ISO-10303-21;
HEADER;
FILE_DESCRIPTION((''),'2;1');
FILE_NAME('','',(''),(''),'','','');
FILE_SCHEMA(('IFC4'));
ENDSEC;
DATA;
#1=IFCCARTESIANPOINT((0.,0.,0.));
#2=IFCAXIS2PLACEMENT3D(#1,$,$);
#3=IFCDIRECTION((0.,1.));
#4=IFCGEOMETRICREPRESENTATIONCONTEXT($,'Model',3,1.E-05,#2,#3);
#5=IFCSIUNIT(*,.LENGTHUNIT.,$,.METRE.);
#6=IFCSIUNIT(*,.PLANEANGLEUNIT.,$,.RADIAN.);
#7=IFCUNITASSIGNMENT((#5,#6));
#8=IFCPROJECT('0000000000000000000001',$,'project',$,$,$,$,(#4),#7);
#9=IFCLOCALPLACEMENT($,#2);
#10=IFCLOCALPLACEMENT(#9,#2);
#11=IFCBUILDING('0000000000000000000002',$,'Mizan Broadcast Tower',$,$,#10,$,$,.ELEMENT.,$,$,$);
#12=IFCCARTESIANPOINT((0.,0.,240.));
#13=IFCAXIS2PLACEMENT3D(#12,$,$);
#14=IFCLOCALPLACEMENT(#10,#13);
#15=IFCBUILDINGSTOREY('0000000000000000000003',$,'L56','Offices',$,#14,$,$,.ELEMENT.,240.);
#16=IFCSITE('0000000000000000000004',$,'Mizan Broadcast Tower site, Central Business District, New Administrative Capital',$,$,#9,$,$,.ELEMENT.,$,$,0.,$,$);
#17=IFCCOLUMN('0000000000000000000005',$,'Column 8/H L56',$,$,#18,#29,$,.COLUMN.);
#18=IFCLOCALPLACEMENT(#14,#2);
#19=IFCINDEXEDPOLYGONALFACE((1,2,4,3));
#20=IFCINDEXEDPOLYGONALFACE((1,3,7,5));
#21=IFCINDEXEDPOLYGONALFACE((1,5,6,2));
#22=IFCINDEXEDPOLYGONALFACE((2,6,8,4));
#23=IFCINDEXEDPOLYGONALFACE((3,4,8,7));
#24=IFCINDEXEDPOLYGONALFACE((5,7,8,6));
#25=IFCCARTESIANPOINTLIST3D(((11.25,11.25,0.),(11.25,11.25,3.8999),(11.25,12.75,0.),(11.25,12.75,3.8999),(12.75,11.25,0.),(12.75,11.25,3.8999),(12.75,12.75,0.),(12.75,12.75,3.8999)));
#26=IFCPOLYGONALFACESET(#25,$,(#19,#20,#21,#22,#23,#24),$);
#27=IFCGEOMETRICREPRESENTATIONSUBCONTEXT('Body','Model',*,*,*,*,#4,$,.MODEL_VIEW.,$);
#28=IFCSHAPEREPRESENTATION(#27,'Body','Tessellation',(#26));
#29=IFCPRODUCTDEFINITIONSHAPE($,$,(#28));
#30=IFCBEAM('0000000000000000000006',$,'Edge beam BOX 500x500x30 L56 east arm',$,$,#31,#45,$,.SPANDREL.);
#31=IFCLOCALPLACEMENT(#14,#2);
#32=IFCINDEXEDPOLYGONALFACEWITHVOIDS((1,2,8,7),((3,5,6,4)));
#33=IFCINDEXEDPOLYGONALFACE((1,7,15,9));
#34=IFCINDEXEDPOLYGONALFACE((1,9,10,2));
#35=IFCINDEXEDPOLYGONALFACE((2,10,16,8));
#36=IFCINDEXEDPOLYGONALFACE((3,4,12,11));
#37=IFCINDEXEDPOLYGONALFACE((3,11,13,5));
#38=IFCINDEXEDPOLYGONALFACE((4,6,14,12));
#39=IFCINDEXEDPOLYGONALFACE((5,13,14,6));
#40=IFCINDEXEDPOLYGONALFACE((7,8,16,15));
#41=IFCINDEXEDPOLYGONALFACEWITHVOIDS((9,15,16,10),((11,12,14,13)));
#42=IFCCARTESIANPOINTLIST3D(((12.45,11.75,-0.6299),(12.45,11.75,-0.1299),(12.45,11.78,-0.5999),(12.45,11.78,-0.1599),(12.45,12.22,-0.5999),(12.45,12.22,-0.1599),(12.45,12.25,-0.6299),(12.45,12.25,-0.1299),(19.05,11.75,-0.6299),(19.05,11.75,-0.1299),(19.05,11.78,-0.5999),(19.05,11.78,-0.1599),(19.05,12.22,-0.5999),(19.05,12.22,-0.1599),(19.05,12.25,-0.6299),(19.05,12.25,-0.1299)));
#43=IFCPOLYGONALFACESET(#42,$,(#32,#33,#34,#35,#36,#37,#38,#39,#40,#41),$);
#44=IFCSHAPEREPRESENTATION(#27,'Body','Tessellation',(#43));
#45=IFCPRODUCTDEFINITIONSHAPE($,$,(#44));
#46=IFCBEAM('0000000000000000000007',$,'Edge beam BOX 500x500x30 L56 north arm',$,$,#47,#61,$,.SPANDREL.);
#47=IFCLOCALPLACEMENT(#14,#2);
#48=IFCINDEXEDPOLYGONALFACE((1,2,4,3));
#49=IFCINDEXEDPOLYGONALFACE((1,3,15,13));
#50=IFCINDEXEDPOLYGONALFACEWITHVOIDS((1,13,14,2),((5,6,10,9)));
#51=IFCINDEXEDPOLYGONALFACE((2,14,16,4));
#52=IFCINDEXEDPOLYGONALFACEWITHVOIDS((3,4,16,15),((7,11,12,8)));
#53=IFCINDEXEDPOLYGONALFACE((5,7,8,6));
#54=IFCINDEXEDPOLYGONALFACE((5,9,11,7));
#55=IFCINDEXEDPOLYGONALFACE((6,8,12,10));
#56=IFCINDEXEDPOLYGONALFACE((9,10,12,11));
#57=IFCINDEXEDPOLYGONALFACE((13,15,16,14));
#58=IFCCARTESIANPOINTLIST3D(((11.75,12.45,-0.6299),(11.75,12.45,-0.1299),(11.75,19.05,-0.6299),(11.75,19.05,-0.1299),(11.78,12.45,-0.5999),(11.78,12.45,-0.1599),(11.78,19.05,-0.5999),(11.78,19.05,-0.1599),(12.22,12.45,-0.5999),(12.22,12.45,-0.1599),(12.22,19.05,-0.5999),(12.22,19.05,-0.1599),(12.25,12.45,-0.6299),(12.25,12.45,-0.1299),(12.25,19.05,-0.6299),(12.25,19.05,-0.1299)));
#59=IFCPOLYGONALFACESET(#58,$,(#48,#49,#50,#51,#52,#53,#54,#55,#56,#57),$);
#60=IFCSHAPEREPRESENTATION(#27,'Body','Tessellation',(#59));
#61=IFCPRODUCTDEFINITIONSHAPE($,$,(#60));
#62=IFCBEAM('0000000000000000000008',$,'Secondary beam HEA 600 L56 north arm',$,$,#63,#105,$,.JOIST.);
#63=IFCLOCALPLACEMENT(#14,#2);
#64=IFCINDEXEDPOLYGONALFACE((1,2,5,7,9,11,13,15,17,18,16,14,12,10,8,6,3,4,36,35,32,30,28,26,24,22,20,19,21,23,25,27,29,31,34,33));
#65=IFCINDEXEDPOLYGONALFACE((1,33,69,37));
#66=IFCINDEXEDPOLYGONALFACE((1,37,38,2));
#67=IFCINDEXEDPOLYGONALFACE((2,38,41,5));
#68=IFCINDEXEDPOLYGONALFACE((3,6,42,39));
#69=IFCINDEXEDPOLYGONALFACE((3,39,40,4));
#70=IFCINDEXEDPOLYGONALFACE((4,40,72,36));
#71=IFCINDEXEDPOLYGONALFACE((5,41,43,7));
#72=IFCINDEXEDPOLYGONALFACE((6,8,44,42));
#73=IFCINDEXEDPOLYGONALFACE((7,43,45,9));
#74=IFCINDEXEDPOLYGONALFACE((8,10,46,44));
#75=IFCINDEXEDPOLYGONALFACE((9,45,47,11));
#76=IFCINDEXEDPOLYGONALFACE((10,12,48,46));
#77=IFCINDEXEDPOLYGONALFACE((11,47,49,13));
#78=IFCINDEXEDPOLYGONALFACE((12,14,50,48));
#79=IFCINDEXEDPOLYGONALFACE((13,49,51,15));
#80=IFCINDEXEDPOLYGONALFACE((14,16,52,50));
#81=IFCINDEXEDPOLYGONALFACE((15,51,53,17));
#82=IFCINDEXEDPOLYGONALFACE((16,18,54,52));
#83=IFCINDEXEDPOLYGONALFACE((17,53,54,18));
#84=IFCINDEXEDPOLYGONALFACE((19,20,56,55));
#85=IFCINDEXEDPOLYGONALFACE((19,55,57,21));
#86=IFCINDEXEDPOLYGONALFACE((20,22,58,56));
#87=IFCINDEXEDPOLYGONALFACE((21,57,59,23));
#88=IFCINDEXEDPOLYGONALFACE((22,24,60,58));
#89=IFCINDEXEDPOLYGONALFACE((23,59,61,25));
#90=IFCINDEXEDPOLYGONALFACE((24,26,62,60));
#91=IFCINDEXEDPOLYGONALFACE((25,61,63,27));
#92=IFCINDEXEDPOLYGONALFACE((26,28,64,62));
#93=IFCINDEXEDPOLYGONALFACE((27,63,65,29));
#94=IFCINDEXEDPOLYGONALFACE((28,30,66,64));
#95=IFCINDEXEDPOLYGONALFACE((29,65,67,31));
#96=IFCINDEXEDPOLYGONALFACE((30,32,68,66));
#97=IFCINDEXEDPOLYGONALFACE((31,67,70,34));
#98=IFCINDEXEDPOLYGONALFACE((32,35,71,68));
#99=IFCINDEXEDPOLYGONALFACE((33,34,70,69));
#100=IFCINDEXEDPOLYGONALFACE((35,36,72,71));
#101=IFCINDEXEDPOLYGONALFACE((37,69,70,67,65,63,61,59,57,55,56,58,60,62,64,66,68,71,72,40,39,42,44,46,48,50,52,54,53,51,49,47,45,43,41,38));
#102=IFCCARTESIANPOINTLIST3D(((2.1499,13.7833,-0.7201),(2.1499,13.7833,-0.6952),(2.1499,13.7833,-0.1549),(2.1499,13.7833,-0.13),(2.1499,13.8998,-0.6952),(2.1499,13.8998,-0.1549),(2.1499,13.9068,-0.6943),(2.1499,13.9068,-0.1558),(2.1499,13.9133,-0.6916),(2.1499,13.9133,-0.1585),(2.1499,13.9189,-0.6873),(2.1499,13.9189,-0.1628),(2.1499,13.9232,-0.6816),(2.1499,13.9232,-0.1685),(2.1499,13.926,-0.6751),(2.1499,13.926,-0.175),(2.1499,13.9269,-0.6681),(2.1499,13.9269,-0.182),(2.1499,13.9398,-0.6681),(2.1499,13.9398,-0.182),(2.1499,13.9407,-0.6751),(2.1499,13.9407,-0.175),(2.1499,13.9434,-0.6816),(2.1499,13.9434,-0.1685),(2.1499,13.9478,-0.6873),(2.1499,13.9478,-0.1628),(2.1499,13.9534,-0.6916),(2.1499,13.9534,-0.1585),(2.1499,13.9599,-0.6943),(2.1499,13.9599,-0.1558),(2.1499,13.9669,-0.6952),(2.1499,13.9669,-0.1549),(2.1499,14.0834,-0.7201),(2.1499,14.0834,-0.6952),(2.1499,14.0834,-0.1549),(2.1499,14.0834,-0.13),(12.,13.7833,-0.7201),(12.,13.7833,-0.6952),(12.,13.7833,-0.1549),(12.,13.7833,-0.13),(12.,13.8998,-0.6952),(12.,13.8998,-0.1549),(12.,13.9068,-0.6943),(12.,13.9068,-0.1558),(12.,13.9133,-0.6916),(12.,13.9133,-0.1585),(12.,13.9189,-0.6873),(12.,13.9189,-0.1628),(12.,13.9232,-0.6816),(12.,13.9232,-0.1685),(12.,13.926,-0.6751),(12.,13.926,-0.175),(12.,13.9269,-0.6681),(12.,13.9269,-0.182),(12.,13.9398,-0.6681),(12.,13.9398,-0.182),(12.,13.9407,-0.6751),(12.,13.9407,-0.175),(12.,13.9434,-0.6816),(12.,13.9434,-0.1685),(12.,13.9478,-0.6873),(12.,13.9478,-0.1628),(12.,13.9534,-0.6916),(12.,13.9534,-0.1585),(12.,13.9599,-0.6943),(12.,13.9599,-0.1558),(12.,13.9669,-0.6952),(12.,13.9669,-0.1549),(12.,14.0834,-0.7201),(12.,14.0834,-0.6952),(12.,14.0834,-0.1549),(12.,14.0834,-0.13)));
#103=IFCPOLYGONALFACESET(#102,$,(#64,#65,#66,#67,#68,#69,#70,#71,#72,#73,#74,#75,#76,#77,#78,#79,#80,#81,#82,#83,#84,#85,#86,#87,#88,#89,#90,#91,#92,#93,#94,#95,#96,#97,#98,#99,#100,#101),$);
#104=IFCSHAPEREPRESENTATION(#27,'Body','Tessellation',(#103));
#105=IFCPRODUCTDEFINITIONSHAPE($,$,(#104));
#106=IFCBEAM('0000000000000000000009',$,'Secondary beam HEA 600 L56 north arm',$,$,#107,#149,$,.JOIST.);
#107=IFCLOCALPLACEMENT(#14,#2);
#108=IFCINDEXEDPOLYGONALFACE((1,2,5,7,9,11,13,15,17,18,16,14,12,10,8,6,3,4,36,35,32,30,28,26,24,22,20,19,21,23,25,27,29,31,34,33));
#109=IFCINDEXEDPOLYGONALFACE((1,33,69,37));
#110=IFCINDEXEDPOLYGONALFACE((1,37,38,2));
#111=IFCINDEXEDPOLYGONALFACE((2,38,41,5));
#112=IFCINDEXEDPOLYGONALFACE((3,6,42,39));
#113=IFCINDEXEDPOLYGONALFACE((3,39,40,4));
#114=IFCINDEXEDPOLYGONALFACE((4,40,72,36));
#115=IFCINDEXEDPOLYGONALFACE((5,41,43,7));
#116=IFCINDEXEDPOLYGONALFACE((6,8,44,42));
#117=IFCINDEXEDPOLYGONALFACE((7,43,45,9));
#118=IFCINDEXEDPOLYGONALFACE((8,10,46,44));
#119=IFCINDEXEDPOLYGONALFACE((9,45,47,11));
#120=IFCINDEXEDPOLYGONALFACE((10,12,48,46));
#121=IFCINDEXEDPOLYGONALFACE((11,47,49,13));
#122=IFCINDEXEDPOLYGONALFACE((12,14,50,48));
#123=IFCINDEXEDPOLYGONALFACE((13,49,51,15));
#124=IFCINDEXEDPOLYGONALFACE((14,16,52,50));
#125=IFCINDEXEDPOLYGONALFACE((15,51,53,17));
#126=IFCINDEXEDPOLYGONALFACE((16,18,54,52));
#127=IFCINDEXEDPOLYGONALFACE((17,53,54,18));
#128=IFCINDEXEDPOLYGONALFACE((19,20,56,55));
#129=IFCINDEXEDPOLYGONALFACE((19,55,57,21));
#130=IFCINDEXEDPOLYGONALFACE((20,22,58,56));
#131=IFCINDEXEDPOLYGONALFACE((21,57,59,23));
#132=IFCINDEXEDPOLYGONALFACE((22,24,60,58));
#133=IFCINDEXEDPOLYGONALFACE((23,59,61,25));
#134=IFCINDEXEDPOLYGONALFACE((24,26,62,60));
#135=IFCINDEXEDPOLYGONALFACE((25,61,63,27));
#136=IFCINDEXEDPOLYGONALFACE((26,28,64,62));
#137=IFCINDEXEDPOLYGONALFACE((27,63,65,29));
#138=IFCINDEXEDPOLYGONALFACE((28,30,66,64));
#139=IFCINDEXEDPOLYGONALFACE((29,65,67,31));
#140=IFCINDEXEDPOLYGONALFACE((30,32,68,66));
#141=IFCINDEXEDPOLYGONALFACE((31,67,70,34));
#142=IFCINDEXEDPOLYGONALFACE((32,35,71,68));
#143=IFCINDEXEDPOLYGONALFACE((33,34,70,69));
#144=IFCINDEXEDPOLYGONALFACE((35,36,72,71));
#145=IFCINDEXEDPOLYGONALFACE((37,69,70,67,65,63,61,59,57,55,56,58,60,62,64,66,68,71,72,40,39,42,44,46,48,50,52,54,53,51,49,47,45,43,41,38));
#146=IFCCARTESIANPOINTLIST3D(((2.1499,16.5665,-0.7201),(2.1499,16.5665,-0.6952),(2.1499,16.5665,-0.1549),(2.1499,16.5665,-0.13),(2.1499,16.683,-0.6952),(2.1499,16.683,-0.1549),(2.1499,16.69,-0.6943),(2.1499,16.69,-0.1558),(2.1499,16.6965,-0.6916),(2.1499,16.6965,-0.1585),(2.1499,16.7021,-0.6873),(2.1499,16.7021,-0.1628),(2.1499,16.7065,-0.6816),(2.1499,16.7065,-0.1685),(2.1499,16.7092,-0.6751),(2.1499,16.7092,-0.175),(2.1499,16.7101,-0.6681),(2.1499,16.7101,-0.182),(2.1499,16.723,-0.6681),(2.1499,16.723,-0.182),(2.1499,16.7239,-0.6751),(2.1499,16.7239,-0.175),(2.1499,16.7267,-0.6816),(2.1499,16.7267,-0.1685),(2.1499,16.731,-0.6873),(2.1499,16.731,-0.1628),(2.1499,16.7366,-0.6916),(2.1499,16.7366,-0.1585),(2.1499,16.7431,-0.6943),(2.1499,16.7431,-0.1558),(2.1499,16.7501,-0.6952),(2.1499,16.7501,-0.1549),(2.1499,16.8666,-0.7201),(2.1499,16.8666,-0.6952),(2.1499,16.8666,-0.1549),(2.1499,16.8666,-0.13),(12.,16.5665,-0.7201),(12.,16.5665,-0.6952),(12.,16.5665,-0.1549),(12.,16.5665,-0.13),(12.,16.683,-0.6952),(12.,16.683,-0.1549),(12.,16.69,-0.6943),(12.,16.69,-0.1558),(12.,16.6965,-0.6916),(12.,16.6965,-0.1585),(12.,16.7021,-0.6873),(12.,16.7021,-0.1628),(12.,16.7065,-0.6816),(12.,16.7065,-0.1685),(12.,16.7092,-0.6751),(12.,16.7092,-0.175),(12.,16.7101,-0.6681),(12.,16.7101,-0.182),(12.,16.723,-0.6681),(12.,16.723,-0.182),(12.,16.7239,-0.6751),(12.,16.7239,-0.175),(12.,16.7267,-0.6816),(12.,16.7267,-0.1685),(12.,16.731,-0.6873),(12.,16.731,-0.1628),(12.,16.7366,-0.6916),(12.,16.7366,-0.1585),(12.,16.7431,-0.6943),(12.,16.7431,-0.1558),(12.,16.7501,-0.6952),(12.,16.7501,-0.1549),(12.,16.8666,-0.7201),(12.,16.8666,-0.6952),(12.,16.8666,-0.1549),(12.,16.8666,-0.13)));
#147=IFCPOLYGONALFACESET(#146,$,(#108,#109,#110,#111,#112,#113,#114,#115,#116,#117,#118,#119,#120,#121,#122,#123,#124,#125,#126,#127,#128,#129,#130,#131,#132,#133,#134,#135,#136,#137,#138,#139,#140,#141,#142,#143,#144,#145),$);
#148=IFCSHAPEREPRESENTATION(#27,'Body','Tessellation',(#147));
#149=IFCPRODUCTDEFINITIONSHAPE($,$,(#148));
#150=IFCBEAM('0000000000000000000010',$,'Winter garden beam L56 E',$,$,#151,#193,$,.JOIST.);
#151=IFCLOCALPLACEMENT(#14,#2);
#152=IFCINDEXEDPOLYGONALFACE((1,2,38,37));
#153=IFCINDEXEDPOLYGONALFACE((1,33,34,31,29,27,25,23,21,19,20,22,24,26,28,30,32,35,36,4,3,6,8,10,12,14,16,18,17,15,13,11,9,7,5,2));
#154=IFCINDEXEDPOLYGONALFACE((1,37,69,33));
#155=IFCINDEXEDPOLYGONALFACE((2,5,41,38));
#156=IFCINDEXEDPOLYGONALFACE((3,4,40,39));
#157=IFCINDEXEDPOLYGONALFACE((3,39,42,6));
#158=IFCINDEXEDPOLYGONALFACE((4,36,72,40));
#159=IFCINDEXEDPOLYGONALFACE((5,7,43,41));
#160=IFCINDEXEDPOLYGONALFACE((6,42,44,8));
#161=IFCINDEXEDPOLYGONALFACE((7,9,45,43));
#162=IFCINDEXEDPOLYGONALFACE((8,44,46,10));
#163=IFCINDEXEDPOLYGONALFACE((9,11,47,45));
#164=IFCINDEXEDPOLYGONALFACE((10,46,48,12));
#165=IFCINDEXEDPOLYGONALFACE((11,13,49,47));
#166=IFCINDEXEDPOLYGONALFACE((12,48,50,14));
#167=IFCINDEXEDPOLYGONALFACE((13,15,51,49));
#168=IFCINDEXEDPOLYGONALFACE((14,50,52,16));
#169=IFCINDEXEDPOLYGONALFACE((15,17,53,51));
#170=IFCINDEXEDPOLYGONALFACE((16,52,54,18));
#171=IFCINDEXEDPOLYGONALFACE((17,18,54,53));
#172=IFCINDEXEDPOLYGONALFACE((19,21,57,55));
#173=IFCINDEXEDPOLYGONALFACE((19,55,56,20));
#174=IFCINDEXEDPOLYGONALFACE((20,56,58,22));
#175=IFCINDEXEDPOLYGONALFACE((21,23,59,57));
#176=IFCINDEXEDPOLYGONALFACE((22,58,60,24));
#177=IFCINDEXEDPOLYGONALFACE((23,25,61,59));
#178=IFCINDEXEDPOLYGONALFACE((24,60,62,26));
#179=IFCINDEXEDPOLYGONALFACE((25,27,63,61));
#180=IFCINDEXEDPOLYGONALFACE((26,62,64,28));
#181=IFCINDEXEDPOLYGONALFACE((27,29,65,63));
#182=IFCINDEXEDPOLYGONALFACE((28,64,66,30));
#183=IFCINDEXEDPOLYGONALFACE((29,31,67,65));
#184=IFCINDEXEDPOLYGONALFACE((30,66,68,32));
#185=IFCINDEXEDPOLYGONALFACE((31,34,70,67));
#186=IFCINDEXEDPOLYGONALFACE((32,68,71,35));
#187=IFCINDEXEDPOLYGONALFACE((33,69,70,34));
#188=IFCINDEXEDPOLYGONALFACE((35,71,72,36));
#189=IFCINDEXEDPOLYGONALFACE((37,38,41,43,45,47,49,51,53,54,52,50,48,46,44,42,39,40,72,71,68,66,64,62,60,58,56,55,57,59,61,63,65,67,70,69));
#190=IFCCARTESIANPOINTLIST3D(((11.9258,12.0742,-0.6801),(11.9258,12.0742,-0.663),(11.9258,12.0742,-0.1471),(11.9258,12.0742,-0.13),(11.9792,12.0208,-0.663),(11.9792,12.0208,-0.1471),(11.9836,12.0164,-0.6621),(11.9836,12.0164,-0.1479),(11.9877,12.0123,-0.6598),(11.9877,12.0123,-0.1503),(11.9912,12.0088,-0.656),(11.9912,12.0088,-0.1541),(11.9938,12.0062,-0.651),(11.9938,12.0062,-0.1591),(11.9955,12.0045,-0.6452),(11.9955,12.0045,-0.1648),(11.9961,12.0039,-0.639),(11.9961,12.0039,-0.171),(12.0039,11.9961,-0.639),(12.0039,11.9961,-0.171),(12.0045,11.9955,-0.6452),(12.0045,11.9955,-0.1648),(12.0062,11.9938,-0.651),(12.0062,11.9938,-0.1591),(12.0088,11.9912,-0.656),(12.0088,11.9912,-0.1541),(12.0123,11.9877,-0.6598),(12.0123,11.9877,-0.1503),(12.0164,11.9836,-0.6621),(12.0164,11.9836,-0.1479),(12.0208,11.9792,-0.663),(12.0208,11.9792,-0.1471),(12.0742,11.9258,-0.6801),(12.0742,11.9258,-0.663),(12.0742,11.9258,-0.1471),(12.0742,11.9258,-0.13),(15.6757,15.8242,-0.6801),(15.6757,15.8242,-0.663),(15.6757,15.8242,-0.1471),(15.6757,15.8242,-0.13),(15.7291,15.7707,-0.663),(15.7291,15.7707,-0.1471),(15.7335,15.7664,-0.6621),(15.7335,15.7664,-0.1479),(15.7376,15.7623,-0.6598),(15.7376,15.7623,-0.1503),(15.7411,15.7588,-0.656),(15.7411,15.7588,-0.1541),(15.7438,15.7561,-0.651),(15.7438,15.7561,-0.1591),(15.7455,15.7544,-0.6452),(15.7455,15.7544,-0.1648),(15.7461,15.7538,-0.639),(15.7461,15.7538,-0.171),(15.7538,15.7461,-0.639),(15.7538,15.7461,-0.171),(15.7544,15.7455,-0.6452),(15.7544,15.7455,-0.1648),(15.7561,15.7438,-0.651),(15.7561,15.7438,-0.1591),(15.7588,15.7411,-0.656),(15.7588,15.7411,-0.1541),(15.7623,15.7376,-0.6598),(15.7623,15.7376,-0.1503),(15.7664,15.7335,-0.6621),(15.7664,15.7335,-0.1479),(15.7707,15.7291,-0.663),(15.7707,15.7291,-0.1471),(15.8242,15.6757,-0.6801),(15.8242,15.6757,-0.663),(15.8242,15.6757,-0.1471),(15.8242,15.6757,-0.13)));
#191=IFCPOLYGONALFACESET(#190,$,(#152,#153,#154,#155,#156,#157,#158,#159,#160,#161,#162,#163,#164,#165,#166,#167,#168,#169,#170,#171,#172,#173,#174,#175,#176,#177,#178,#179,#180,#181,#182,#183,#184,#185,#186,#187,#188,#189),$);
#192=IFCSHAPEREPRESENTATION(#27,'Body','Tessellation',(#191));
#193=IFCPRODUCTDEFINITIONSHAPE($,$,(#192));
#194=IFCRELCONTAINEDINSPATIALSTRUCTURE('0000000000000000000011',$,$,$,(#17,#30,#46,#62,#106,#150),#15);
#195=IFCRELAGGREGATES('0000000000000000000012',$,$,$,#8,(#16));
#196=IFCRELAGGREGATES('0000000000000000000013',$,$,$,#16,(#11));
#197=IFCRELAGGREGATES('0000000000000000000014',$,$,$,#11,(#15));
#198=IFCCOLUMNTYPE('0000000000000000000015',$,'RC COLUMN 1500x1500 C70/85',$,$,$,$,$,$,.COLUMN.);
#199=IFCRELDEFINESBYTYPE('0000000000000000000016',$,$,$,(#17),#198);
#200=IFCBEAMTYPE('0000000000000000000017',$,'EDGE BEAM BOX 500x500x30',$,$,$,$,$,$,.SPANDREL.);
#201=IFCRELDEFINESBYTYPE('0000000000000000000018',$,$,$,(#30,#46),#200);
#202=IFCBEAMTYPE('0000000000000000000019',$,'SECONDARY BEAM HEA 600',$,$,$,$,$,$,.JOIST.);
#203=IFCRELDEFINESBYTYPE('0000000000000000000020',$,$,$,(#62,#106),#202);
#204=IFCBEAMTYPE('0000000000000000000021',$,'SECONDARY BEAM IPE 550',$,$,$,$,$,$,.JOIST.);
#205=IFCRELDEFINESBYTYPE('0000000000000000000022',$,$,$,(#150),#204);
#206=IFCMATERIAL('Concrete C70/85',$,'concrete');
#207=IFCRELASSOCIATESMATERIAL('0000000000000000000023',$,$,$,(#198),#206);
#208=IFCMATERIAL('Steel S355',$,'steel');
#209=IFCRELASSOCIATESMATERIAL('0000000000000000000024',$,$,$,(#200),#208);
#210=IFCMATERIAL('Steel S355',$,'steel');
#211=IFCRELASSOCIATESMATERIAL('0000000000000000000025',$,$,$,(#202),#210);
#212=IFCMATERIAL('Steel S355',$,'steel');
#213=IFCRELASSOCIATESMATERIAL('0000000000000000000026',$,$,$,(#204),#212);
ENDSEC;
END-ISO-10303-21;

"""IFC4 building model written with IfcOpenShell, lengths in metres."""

from ifc_helpers import new_model, si_unit, direction, frame, origin, origin_2d, place, context, subcontext, project, spatial, rectangle, hollow_rectangle, i_section, extrude, material, material_profile, profile_set, type_object, element, save


model = new_model("IFC4")

# Units and contexts
model_context = context("Model", 3, precision=1e-05, world=origin(), true_north=direction((0.0, 1.0)))
body_context = subcontext(model_context, "Body", "Model", "MODEL_VIEW")
ifc_project = project(units=[si_unit("LENGTHUNIT", "METRE"), si_unit("PLANEANGLEUNIT", "RADIAN")], contexts=[model_context])

# Site, building, storey
site_placement = place(None, origin())
site = spatial("IfcSite", under=ifc_project, at=site_placement, Name="Mizan Broadcast Tower site, Central Business District, New Administrative Capital", CompositionType="ELEMENT", RefElevation=0.0)
building_placement = place(site_placement, origin())
building = spatial("IfcBuilding", under=site, at=building_placement, Name="Mizan Broadcast Tower", CompositionType="ELEMENT")
storey_placement = place(building_placement, frame((0.0, 0.0, 240.0)))
storey = spatial("IfcBuildingStorey", under=building, at=storey_placement, Name="L56", Description="Offices", CompositionType="ELEMENT", Elevation=240.0)

# Column
ifc_material_1 = material(Name="Concrete C70/85", Category="concrete")
ifc_material_profile_1 = material_profile(ifc_material_1, rectangle(XDim=1.5, YDim=1.5, at=origin_2d()), Name="RC 1500x1500")
ifc_profile_set_1 = profile_set([ifc_material_profile_1], Name="Concrete C70/85")
column_type = type_object("IfcColumnType", Name="RC COLUMN 1500x1500 C70/85", PredefinedType="COLUMN", material=ifc_profile_set_1)
column_placement = place(storey_placement, frame((12.0, 12.0, 0.0), z_axis=(0.0, 0.0, 1.0), x_axis=(1.0, 0.0, 0.0)))
element("IfcColumn", 1, at=column_placement, inside=storey, type_object=column_type, Name="Column 8/H L56", PredefinedType="COLUMN", context=body_context, shape_type="SweptSolid", body=[
    extrude(rectangle(XDim=1.5, YDim=1.5, at=origin_2d()), origin(), (0.0, 0.0, 1.0), 3.8999),
])

# Beams
ifc_material_2 = material(Name="Steel S355", Category="steel")
ifc_material_profile_2 = material_profile(ifc_material_2, hollow_rectangle(XDim=0.5, YDim=0.5, WallThickness=0.03, at=origin_2d()), Name="BOX 500x500x30")
ifc_profile_set_2 = profile_set([ifc_material_profile_2], Name="Steel S355")
beam_type_1 = type_object("IfcBeamType", Name="EDGE BEAM BOX 500x500x30", PredefinedType="SPANDREL", material=ifc_profile_set_2)
for number, where, z_axis, x_axis, name in (
    (2, (12.45, 12.0, -0.3799), (1.0, 0.0, 0.0), (0.0, 1.0, 0.0), "Edge beam BOX 500x500x30 L56 east arm"),
    (3, (12.0, 12.45, -0.3799), (0.0, 1.0, 0.0), (-1.0, 0.0, 0.0), "Edge beam BOX 500x500x30 L56 north arm"),
):
    element("IfcBeam", number, at=place(storey_placement, frame(where, z_axis=z_axis, x_axis=x_axis)), inside=storey, type_object=beam_type_1, Name=name, PredefinedType="SPANDREL", context=body_context, shape_type="SweptSolid", body=[
        extrude(hollow_rectangle(XDim=0.5, YDim=0.5, WallThickness=0.03, at=origin_2d()), origin(), (0.0, 0.0, 1.0), 6.6001),
    ])
ifc_material_3 = material(Name="Steel S355", Category="steel")
ifc_material_profile_3 = material_profile(ifc_material_3, i_section(OverallWidth=0.3, OverallDepth=0.5901, WebThickness=0.0129, FlangeThickness=0.0249, FilletRadius=0.0271, at=origin_2d()), Name="HEA 600")
ifc_profile_set_3 = profile_set([ifc_material_profile_3], Name="Steel S355")
beam_type_2 = type_object("IfcBeamType", Name="SECONDARY BEAM HEA 600", PredefinedType="JOIST", material=ifc_profile_set_3)
for number, where, z_axis, x_axis, name in (
    (4, (12.0, 13.9333, -0.425), (-1.0, 0.0, 0.0), (0.0, -1.0, 0.0), "Secondary beam HEA 600 L56 north arm"),
    (5, (12.0, 16.7166, -0.425), (-1.0, 0.0, 0.0), (0.0, -1.0, 0.0), "Secondary beam HEA 600 L56 north arm"),
):
    element("IfcBeam", number, at=place(storey_placement, frame(where, z_axis=z_axis, x_axis=x_axis)), inside=storey, type_object=beam_type_2, Name=name, PredefinedType="JOIST", context=body_context, shape_type="SweptSolid", body=[
        extrude(i_section(OverallWidth=0.3, OverallDepth=0.5901, WebThickness=0.0129, FlangeThickness=0.0249, FilletRadius=0.0271, at=origin_2d()), origin(), (0.0, 0.0, 1.0), 9.8501),
    ])
ifc_material_4 = material(Name="Steel S355", Category="steel")
ifc_material_profile_4 = material_profile(ifc_material_4, i_section(OverallWidth=0.21, OverallDepth=0.55, WebThickness=0.011, FlangeThickness=0.0171, FilletRadius=0.0239, at=origin_2d()), Name="IPE 550")
ifc_profile_set_4 = profile_set([ifc_material_profile_4], Name="Steel S355")
beam_type_3 = type_object("IfcBeamType", Name="SECONDARY BEAM IPE 550", PredefinedType="JOIST", material=ifc_profile_set_4)
beam_placement = place(storey_placement, frame((12.0, 12.0, -0.405), z_axis=(0.707107, 0.707107, 0.0), x_axis=(-0.707107, 0.707107, 0.0)))
element("IfcBeam", 6, at=beam_placement, inside=storey, type_object=beam_type_3, Name="Winter garden beam L56 E", PredefinedType="JOIST", context=body_context, shape_type="SweptSolid", body=[
    extrude(i_section(OverallWidth=0.21, OverallDepth=0.55, WebThickness=0.011, FlangeThickness=0.0171, FilletRadius=0.0239, at=origin_2d()), origin(), (0.0, 0.0, 1.0), 5.3032),
])

save(model, "model.ifc")
